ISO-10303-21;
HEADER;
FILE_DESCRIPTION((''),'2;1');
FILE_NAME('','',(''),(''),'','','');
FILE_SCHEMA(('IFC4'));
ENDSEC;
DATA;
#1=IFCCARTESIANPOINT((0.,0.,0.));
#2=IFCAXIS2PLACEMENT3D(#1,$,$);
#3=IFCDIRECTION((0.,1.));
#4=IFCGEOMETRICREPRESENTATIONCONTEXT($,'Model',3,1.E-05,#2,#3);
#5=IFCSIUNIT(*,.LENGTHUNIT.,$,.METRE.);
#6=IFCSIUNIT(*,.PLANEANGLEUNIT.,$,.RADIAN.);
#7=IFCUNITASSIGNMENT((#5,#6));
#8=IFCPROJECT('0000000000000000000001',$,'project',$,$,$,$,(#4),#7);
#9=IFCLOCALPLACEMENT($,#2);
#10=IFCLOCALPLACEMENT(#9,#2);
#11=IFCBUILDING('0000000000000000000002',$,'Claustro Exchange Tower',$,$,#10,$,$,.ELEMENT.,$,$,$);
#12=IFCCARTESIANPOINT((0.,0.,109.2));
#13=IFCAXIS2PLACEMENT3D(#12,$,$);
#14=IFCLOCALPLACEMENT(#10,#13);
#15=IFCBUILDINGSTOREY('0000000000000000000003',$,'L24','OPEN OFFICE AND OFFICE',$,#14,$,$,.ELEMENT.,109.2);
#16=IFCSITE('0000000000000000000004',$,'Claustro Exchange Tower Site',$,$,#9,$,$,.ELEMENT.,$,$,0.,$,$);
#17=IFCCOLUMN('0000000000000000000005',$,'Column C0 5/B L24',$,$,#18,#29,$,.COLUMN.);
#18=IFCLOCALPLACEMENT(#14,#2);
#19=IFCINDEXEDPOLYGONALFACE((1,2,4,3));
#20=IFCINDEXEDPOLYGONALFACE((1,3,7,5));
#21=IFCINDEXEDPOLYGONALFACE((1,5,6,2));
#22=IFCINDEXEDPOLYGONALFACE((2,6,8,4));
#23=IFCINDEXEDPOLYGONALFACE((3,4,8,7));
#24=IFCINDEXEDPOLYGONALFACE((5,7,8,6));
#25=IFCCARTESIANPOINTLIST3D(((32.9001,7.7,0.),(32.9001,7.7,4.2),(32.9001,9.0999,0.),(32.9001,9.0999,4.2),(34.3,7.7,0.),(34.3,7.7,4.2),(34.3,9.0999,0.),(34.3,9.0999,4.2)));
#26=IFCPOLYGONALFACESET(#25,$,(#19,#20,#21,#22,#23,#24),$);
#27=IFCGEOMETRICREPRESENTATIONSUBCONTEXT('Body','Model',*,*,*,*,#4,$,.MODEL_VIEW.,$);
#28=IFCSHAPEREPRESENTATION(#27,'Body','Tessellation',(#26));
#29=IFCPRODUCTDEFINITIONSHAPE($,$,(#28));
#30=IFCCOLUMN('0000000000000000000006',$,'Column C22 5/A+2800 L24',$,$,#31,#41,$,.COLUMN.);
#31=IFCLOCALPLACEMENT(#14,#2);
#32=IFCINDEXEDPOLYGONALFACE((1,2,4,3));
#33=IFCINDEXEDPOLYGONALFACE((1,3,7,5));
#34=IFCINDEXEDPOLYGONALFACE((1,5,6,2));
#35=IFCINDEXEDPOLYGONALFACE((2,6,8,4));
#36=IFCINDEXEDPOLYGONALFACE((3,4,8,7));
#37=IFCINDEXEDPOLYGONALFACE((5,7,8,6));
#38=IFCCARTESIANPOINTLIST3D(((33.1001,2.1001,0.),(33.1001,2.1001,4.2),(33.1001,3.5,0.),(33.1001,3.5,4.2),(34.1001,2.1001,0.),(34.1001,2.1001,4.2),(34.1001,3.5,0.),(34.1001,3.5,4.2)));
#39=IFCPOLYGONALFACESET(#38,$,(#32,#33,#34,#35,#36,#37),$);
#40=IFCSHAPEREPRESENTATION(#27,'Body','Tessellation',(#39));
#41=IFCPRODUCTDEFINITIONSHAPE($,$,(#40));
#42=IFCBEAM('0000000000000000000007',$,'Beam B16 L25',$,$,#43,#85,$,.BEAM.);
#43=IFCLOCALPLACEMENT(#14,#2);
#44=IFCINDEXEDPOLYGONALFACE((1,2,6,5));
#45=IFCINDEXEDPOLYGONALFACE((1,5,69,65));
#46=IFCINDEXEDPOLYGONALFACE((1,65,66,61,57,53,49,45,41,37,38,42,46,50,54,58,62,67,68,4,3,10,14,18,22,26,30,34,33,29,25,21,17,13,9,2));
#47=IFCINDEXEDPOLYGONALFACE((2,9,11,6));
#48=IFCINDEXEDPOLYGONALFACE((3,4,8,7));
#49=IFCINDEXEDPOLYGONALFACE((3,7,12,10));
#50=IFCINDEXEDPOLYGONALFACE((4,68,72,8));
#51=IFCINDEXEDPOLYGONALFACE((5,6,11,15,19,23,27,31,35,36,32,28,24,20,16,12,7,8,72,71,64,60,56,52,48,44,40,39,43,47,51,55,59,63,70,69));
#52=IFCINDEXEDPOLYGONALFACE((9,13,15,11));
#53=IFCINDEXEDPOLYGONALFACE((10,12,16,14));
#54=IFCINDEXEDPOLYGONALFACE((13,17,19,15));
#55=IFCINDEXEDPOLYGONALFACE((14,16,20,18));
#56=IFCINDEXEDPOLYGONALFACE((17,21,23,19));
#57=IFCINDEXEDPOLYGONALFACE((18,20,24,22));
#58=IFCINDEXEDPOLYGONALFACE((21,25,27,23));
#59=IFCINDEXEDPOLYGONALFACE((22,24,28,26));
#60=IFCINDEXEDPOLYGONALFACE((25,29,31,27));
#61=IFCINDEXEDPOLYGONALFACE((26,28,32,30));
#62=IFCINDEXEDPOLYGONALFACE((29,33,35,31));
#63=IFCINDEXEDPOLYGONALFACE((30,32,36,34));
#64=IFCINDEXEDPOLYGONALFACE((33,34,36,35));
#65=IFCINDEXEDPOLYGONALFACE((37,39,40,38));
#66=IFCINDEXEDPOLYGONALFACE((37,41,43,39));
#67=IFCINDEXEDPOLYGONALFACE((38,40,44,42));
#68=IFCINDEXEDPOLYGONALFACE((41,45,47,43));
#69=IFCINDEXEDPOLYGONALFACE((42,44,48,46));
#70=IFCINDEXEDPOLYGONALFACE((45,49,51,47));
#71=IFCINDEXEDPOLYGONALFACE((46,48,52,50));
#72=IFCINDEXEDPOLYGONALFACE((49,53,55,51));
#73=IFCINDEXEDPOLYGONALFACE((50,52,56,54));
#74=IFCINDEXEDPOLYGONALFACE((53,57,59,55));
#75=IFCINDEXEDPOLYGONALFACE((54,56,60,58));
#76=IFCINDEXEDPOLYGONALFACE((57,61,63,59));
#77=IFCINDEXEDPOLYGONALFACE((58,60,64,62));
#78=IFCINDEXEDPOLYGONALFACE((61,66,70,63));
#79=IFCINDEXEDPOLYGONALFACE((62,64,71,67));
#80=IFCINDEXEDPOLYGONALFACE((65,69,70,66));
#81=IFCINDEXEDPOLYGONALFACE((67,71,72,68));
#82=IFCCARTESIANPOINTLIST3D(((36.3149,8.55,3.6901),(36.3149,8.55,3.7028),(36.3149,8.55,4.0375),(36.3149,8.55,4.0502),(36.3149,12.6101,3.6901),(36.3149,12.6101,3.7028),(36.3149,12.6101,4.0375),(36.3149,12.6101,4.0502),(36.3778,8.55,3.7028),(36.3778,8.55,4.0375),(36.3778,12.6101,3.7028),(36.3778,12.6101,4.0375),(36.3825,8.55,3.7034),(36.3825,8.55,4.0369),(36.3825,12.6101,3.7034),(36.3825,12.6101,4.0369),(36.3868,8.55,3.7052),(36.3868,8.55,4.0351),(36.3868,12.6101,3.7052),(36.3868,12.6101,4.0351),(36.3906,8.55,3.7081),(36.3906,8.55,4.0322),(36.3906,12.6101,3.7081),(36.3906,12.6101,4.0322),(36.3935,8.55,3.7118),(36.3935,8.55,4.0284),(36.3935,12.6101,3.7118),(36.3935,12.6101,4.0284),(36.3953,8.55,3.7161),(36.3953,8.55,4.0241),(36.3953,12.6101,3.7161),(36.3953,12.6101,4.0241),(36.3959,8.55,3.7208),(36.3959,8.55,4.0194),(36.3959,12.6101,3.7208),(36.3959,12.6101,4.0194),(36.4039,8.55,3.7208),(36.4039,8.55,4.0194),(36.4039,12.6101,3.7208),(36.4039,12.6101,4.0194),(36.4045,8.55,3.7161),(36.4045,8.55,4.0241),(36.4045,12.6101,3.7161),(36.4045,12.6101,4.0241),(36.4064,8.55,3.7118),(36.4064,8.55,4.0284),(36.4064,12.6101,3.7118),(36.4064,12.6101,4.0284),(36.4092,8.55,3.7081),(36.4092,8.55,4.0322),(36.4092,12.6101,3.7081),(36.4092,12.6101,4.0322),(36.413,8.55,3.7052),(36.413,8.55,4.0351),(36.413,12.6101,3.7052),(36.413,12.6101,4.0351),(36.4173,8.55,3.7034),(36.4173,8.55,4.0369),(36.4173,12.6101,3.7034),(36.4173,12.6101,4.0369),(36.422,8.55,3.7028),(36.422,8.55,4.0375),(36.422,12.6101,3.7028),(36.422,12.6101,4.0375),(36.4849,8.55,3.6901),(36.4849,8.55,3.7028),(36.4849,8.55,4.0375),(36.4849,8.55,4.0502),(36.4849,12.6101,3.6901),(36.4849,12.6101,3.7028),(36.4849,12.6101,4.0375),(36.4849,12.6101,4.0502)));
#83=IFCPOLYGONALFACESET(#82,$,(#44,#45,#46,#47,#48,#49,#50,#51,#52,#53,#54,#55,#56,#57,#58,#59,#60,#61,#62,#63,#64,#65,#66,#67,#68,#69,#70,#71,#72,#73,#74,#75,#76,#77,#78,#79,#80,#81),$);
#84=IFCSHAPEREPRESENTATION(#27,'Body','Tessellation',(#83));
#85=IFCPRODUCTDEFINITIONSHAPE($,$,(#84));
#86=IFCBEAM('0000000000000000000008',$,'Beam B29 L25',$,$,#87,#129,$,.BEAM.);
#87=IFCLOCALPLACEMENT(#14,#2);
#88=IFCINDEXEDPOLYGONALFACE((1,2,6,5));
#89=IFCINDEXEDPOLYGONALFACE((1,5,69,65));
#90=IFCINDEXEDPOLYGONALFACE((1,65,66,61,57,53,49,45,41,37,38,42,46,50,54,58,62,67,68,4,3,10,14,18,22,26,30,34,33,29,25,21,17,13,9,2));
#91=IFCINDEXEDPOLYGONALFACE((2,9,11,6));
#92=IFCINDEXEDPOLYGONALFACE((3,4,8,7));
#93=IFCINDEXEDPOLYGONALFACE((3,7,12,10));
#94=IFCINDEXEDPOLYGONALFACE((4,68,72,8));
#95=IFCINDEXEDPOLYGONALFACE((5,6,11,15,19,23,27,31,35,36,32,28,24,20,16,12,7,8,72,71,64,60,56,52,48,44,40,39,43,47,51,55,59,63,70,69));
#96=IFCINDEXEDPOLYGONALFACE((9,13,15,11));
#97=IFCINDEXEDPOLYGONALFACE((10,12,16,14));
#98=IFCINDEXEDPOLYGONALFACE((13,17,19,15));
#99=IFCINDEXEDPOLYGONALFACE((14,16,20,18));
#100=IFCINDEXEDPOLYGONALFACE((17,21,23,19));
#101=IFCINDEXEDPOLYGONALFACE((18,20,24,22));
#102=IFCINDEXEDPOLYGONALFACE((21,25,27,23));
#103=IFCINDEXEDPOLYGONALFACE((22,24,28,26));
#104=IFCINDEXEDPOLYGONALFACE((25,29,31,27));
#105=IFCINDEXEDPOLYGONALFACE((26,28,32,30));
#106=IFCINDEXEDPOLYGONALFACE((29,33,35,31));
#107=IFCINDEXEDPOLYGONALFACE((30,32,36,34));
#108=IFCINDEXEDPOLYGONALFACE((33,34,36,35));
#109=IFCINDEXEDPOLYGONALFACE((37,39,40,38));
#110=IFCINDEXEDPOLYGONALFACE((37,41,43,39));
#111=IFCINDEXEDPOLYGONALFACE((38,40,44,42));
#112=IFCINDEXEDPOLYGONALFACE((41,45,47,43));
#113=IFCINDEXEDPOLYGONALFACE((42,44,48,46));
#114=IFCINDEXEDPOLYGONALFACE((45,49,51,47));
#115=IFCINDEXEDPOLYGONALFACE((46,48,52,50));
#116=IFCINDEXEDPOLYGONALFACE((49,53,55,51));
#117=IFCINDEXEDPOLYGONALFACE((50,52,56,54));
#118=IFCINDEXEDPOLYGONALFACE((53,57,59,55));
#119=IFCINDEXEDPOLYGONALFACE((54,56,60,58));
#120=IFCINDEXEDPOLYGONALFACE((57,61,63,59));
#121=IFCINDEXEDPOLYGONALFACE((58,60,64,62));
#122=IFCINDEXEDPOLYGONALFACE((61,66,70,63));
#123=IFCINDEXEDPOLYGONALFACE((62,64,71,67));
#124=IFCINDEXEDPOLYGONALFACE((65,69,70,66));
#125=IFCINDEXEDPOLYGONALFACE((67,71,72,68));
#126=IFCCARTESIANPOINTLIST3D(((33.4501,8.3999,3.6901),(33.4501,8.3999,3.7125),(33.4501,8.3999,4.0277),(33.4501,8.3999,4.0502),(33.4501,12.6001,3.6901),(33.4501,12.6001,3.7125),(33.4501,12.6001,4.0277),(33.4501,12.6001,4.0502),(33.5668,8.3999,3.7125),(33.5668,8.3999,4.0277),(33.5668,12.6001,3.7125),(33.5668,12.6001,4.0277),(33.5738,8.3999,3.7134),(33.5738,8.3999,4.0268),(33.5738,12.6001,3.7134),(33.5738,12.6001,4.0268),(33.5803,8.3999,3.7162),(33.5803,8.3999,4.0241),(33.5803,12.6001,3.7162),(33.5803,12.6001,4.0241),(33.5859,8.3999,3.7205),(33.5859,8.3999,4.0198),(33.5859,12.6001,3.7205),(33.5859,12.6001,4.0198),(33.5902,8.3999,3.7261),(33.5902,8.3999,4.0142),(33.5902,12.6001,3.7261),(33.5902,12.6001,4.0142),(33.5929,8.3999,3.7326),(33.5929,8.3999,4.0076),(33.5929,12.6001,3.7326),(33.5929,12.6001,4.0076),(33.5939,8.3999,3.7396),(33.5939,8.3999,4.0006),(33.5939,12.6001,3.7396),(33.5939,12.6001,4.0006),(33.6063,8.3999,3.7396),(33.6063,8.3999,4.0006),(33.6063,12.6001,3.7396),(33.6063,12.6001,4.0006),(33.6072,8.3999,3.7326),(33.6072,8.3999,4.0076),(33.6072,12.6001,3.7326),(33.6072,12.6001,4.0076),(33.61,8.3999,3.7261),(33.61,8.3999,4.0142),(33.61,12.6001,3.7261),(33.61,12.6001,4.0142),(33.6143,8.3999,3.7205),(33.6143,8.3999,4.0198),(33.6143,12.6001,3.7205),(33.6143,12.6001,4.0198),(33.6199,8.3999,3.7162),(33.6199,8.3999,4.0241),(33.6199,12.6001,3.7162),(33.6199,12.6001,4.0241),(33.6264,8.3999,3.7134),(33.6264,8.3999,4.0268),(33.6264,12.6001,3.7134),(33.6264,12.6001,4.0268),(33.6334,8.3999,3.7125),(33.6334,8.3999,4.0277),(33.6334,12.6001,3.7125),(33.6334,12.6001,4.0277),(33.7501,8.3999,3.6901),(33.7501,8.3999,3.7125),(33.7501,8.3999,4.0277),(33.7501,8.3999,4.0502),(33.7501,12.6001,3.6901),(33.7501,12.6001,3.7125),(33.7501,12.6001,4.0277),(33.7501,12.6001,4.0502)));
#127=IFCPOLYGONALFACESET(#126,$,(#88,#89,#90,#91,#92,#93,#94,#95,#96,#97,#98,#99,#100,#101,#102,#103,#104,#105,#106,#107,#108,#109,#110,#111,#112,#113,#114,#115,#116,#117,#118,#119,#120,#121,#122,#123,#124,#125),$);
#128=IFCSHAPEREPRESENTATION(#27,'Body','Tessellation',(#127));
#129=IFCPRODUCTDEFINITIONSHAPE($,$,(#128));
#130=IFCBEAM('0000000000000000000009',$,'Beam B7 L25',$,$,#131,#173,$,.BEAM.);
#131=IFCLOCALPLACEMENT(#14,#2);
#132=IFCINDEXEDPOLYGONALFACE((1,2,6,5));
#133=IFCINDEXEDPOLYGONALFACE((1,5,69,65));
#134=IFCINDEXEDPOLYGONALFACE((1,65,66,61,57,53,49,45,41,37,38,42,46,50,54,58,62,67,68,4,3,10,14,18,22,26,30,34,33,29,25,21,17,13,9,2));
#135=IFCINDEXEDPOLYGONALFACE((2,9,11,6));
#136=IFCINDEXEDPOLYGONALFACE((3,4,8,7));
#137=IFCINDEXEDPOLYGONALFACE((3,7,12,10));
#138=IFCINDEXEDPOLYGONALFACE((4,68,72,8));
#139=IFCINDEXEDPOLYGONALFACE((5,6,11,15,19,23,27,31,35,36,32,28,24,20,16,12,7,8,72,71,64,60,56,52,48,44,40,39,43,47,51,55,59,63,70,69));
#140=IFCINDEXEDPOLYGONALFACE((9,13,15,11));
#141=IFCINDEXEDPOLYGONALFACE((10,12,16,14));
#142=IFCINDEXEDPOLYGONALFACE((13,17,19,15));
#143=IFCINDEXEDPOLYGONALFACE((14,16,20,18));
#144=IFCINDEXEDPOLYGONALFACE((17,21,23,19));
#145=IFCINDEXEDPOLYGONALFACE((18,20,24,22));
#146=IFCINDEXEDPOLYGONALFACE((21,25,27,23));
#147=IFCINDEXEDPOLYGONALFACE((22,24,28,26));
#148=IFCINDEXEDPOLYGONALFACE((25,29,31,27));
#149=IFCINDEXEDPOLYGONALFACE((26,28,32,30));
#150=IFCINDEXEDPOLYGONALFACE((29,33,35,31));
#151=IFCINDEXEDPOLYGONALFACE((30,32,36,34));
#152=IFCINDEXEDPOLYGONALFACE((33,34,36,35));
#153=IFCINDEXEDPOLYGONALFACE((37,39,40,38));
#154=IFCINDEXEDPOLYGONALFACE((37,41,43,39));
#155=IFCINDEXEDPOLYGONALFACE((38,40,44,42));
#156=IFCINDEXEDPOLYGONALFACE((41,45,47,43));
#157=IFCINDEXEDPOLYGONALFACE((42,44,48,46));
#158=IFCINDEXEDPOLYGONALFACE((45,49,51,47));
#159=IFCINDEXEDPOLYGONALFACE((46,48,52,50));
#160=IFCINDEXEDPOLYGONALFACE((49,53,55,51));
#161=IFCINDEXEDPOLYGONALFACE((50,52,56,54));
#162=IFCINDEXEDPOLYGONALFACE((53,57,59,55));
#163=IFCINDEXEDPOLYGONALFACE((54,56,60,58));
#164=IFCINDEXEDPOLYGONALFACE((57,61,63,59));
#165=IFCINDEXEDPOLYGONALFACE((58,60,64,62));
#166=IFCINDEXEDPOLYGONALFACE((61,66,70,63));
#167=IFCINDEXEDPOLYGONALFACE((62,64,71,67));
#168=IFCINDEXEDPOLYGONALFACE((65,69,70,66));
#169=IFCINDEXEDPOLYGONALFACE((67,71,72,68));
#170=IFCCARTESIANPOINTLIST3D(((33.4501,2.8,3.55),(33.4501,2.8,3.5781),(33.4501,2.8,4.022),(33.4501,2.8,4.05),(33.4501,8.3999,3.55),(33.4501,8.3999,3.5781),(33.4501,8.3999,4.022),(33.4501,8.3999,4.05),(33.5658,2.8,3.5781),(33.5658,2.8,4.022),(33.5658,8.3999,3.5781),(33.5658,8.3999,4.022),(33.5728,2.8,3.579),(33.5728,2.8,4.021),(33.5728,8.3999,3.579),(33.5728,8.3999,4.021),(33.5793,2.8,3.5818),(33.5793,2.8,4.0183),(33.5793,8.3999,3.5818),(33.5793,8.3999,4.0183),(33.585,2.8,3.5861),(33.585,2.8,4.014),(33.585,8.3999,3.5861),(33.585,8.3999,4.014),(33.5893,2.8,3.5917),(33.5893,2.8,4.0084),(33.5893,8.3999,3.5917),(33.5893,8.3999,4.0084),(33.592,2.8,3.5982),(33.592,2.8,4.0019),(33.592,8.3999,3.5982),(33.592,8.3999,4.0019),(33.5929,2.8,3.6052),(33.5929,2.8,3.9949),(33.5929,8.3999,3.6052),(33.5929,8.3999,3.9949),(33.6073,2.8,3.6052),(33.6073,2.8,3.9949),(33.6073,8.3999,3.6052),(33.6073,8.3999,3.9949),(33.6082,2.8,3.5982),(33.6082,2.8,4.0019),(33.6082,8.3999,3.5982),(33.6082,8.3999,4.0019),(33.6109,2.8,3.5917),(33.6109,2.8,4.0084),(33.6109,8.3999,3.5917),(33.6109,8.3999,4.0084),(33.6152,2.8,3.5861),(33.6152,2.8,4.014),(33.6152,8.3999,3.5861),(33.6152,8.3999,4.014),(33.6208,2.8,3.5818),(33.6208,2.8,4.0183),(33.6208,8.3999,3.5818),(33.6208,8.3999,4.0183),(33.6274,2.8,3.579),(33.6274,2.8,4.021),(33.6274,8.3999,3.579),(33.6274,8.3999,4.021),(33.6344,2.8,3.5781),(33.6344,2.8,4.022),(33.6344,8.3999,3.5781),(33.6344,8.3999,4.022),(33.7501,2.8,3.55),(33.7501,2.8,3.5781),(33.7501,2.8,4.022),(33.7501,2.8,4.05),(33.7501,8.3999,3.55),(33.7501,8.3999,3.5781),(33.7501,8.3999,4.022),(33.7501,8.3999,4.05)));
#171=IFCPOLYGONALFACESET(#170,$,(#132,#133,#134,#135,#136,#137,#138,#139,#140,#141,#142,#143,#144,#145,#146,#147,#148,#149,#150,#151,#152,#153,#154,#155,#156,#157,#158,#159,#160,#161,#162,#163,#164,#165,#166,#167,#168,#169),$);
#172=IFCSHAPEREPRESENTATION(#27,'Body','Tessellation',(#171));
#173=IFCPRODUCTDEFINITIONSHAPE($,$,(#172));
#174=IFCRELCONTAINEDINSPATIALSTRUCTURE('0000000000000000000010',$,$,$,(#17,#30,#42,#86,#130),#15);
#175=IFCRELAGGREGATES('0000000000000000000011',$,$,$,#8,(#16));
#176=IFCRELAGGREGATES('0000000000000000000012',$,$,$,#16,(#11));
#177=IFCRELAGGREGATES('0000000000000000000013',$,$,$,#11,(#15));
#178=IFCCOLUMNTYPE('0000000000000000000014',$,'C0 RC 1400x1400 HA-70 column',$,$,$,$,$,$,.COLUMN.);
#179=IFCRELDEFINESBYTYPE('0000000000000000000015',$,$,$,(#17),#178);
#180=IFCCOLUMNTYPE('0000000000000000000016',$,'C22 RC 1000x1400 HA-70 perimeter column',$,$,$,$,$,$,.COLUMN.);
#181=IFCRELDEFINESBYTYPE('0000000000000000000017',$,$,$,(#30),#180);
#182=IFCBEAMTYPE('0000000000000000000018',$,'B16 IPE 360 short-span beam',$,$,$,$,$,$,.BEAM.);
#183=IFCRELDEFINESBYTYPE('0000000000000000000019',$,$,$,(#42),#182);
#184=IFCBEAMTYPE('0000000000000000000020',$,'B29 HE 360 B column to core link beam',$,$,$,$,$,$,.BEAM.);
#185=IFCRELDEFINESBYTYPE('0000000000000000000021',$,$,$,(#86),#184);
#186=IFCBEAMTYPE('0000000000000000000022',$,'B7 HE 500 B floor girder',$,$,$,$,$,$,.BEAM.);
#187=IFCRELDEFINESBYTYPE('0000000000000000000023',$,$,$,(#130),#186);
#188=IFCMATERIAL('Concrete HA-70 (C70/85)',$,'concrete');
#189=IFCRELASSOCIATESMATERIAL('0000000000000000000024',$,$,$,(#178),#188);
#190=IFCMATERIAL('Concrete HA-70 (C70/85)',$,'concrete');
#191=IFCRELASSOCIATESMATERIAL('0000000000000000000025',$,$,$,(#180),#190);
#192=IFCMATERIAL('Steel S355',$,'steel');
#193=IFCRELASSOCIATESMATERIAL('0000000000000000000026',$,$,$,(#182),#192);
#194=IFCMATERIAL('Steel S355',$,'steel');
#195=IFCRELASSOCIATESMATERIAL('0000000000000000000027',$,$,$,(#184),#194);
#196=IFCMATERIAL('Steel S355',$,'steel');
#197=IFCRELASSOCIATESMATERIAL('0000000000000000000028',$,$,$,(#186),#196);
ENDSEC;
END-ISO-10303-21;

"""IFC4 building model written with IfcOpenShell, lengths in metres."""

from ifc_helpers import new_model, si_unit, direction, frame, origin, origin_2d, place, context, subcontext, project, spatial, rectangle, i_section, extrude, material, material_profile, profile_set, type_object, element, save


model = new_model("IFC4")

# Units and contexts
model_context = context("Model", 3, precision=1e-05, world=origin(), true_north=direction((0.0, 1.0)))
body_context = subcontext(model_context, "Body", "Model", "MODEL_VIEW")
ifc_project = project(units=[si_unit("LENGTHUNIT", "METRE"), si_unit("PLANEANGLEUNIT", "RADIAN")], contexts=[model_context])

# Site, building, storey
site_placement = place(None, origin())
site = spatial("IfcSite", under=ifc_project, at=site_placement, Name="Claustro Exchange Tower Site", CompositionType="ELEMENT", RefElevation=0.0)
building_placement = place(site_placement, origin())
building = spatial("IfcBuilding", under=site, at=building_placement, Name="Claustro Exchange Tower", CompositionType="ELEMENT")
storey_placement = place(building_placement, frame((0.0, 0.0, 109.2)))
storey = spatial("IfcBuildingStorey", under=building, at=storey_placement, Name="L24", Description="OPEN OFFICE AND OFFICE", CompositionType="ELEMENT", Elevation=109.2)

# Columns
ifc_material_1 = material(Name="Concrete HA-70 (C70/85)", Category="concrete")
ifc_material_profile_1 = material_profile(ifc_material_1, rectangle(XDim=1.3999, YDim=1.3999, at=origin_2d()), Name="RC 1400x1400")
ifc_profile_set_1 = profile_set([ifc_material_profile_1], Name="Concrete HA-70 (C70/85)")
column_type_1 = type_object("IfcColumnType", Name="C0 RC 1400x1400 HA-70 column", PredefinedType="COLUMN", material=ifc_profile_set_1)
column_1_placement = place(storey_placement, frame((33.6001, 8.3999, 0.0), z_axis=(0.0, 0.0, 1.0), x_axis=(1.0, 0.0, 0.0)))
element("IfcColumn", 1, at=column_1_placement, inside=storey, type_object=column_type_1, Name="Column C0 5/B L24", PredefinedType="COLUMN", context=body_context, shape_type="SweptSolid", body=[
    extrude(rectangle(XDim=1.3999, YDim=1.3999, at=origin_2d()), origin(), (0.0, 0.0, 1.0), 4.2),
])
ifc_material_2 = material(Name="Concrete HA-70 (C70/85)", Category="concrete")
ifc_material_profile_2 = material_profile(ifc_material_2, rectangle(XDim=1.0, YDim=1.3999, at=origin_2d()), Name="RC 1000x1400")
ifc_profile_set_2 = profile_set([ifc_material_profile_2], Name="Concrete HA-70 (C70/85)")
column_type_2 = type_object("IfcColumnType", Name="C22 RC 1000x1400 HA-70 perimeter column", PredefinedType="COLUMN", material=ifc_profile_set_2)
column_2_placement = place(storey_placement, frame((33.6001, 2.8, 0.0), z_axis=(0.0, 0.0, 1.0), x_axis=(1.0, 0.0, 0.0)))
element("IfcColumn", 2, at=column_2_placement, inside=storey, type_object=column_type_2, Name="Column C22 5/A+2800 L24", PredefinedType="COLUMN", context=body_context, shape_type="SweptSolid", body=[
    extrude(rectangle(XDim=1.0, YDim=1.3999, at=origin_2d()), origin(), (0.0, 0.0, 1.0), 4.2),
])

# Beams
ifc_material_3 = material(Name="Steel S355", Category="steel")
ifc_material_profile_3 = material_profile(ifc_material_3, i_section(OverallWidth=0.1699, OverallDepth=0.3601, WebThickness=0.0081, FlangeThickness=0.0127, FilletRadius=0.0181, at=origin_2d()), Name="IPE 360")
ifc_profile_set_3 = profile_set([ifc_material_profile_3], Name="Steel S355")
beam_type_1 = type_object("IfcBeamType", Name="B16 IPE 360 short-span beam", PredefinedType="BEAM", material=ifc_profile_set_3)
beam_1_placement = place(storey_placement, frame((36.3999, 8.55, 3.8701), z_axis=(0.0, 1.0, 0.0), x_axis=(-1.0, 0.0, 0.0)))
element("IfcBeam", 3, at=beam_1_placement, inside=storey, type_object=beam_type_1, Name="Beam B16 L25", PredefinedType="BEAM", context=body_context, shape_type="SweptSolid", body=[
    extrude(i_section(OverallWidth=0.1699, OverallDepth=0.3601, WebThickness=0.0081, FlangeThickness=0.0127, FilletRadius=0.0181, at=origin_2d()), origin(), (0.0, 0.0, 1.0), 4.0601),
])
ifc_material_4 = material(Name="Steel S355", Category="steel")
ifc_material_profile_4 = material_profile(ifc_material_4, i_section(OverallWidth=0.3, OverallDepth=0.3601, WebThickness=0.0125, FlangeThickness=0.0225, FilletRadius=0.0271, at=origin_2d()), Name="HE 360 B")
ifc_profile_set_4 = profile_set([ifc_material_profile_4], Name="Steel S355")
beam_type_2 = type_object("IfcBeamType", Name="B29 HE 360 B column to core link beam", PredefinedType="BEAM", material=ifc_profile_set_4)
beam_2_placement = place(storey_placement, frame((33.6001, 8.3999, 3.8701), z_axis=(0.0, 1.0, 0.0), x_axis=(-1.0, 0.0, 0.0)))
element("IfcBeam", 4, at=beam_2_placement, inside=storey, type_object=beam_type_2, Name="Beam B29 L25", PredefinedType="BEAM", context=body_context, shape_type="SweptSolid", body=[
    extrude(i_section(OverallWidth=0.3, OverallDepth=0.3601, WebThickness=0.0125, FlangeThickness=0.0225, FilletRadius=0.0271, at=origin_2d()), origin(), (0.0, 0.0, 1.0), 4.2002),
])
ifc_material_5 = material(Name="Steel S355", Category="steel")
ifc_material_profile_5 = material_profile(ifc_material_5, i_section(OverallWidth=0.3, OverallDepth=0.5, WebThickness=0.0144, FlangeThickness=0.0281, FilletRadius=0.0271, at=origin_2d()), Name="HE 500 B")
ifc_profile_set_5 = profile_set([ifc_material_profile_5], Name="Steel S355")
beam_type_3 = type_object("IfcBeamType", Name="B7 HE 500 B floor girder", PredefinedType="BEAM", material=ifc_profile_set_5)
beam_3_placement = place(storey_placement, frame((33.6001, 2.8, 3.8), z_axis=(0.0, 1.0, 0.0), x_axis=(-1.0, 0.0, 0.0)))
element("IfcBeam", 5, at=beam_3_placement, inside=storey, type_object=beam_type_3, Name="Beam B7 L25", PredefinedType="BEAM", context=body_context, shape_type="SweptSolid", body=[
    extrude(i_section(OverallWidth=0.3, OverallDepth=0.5, WebThickness=0.0144, FlangeThickness=0.0281, FilletRadius=0.0271, at=origin_2d()), origin(), (0.0, 0.0, 1.0), 5.5999),
])

save(model, "model.ifc")
